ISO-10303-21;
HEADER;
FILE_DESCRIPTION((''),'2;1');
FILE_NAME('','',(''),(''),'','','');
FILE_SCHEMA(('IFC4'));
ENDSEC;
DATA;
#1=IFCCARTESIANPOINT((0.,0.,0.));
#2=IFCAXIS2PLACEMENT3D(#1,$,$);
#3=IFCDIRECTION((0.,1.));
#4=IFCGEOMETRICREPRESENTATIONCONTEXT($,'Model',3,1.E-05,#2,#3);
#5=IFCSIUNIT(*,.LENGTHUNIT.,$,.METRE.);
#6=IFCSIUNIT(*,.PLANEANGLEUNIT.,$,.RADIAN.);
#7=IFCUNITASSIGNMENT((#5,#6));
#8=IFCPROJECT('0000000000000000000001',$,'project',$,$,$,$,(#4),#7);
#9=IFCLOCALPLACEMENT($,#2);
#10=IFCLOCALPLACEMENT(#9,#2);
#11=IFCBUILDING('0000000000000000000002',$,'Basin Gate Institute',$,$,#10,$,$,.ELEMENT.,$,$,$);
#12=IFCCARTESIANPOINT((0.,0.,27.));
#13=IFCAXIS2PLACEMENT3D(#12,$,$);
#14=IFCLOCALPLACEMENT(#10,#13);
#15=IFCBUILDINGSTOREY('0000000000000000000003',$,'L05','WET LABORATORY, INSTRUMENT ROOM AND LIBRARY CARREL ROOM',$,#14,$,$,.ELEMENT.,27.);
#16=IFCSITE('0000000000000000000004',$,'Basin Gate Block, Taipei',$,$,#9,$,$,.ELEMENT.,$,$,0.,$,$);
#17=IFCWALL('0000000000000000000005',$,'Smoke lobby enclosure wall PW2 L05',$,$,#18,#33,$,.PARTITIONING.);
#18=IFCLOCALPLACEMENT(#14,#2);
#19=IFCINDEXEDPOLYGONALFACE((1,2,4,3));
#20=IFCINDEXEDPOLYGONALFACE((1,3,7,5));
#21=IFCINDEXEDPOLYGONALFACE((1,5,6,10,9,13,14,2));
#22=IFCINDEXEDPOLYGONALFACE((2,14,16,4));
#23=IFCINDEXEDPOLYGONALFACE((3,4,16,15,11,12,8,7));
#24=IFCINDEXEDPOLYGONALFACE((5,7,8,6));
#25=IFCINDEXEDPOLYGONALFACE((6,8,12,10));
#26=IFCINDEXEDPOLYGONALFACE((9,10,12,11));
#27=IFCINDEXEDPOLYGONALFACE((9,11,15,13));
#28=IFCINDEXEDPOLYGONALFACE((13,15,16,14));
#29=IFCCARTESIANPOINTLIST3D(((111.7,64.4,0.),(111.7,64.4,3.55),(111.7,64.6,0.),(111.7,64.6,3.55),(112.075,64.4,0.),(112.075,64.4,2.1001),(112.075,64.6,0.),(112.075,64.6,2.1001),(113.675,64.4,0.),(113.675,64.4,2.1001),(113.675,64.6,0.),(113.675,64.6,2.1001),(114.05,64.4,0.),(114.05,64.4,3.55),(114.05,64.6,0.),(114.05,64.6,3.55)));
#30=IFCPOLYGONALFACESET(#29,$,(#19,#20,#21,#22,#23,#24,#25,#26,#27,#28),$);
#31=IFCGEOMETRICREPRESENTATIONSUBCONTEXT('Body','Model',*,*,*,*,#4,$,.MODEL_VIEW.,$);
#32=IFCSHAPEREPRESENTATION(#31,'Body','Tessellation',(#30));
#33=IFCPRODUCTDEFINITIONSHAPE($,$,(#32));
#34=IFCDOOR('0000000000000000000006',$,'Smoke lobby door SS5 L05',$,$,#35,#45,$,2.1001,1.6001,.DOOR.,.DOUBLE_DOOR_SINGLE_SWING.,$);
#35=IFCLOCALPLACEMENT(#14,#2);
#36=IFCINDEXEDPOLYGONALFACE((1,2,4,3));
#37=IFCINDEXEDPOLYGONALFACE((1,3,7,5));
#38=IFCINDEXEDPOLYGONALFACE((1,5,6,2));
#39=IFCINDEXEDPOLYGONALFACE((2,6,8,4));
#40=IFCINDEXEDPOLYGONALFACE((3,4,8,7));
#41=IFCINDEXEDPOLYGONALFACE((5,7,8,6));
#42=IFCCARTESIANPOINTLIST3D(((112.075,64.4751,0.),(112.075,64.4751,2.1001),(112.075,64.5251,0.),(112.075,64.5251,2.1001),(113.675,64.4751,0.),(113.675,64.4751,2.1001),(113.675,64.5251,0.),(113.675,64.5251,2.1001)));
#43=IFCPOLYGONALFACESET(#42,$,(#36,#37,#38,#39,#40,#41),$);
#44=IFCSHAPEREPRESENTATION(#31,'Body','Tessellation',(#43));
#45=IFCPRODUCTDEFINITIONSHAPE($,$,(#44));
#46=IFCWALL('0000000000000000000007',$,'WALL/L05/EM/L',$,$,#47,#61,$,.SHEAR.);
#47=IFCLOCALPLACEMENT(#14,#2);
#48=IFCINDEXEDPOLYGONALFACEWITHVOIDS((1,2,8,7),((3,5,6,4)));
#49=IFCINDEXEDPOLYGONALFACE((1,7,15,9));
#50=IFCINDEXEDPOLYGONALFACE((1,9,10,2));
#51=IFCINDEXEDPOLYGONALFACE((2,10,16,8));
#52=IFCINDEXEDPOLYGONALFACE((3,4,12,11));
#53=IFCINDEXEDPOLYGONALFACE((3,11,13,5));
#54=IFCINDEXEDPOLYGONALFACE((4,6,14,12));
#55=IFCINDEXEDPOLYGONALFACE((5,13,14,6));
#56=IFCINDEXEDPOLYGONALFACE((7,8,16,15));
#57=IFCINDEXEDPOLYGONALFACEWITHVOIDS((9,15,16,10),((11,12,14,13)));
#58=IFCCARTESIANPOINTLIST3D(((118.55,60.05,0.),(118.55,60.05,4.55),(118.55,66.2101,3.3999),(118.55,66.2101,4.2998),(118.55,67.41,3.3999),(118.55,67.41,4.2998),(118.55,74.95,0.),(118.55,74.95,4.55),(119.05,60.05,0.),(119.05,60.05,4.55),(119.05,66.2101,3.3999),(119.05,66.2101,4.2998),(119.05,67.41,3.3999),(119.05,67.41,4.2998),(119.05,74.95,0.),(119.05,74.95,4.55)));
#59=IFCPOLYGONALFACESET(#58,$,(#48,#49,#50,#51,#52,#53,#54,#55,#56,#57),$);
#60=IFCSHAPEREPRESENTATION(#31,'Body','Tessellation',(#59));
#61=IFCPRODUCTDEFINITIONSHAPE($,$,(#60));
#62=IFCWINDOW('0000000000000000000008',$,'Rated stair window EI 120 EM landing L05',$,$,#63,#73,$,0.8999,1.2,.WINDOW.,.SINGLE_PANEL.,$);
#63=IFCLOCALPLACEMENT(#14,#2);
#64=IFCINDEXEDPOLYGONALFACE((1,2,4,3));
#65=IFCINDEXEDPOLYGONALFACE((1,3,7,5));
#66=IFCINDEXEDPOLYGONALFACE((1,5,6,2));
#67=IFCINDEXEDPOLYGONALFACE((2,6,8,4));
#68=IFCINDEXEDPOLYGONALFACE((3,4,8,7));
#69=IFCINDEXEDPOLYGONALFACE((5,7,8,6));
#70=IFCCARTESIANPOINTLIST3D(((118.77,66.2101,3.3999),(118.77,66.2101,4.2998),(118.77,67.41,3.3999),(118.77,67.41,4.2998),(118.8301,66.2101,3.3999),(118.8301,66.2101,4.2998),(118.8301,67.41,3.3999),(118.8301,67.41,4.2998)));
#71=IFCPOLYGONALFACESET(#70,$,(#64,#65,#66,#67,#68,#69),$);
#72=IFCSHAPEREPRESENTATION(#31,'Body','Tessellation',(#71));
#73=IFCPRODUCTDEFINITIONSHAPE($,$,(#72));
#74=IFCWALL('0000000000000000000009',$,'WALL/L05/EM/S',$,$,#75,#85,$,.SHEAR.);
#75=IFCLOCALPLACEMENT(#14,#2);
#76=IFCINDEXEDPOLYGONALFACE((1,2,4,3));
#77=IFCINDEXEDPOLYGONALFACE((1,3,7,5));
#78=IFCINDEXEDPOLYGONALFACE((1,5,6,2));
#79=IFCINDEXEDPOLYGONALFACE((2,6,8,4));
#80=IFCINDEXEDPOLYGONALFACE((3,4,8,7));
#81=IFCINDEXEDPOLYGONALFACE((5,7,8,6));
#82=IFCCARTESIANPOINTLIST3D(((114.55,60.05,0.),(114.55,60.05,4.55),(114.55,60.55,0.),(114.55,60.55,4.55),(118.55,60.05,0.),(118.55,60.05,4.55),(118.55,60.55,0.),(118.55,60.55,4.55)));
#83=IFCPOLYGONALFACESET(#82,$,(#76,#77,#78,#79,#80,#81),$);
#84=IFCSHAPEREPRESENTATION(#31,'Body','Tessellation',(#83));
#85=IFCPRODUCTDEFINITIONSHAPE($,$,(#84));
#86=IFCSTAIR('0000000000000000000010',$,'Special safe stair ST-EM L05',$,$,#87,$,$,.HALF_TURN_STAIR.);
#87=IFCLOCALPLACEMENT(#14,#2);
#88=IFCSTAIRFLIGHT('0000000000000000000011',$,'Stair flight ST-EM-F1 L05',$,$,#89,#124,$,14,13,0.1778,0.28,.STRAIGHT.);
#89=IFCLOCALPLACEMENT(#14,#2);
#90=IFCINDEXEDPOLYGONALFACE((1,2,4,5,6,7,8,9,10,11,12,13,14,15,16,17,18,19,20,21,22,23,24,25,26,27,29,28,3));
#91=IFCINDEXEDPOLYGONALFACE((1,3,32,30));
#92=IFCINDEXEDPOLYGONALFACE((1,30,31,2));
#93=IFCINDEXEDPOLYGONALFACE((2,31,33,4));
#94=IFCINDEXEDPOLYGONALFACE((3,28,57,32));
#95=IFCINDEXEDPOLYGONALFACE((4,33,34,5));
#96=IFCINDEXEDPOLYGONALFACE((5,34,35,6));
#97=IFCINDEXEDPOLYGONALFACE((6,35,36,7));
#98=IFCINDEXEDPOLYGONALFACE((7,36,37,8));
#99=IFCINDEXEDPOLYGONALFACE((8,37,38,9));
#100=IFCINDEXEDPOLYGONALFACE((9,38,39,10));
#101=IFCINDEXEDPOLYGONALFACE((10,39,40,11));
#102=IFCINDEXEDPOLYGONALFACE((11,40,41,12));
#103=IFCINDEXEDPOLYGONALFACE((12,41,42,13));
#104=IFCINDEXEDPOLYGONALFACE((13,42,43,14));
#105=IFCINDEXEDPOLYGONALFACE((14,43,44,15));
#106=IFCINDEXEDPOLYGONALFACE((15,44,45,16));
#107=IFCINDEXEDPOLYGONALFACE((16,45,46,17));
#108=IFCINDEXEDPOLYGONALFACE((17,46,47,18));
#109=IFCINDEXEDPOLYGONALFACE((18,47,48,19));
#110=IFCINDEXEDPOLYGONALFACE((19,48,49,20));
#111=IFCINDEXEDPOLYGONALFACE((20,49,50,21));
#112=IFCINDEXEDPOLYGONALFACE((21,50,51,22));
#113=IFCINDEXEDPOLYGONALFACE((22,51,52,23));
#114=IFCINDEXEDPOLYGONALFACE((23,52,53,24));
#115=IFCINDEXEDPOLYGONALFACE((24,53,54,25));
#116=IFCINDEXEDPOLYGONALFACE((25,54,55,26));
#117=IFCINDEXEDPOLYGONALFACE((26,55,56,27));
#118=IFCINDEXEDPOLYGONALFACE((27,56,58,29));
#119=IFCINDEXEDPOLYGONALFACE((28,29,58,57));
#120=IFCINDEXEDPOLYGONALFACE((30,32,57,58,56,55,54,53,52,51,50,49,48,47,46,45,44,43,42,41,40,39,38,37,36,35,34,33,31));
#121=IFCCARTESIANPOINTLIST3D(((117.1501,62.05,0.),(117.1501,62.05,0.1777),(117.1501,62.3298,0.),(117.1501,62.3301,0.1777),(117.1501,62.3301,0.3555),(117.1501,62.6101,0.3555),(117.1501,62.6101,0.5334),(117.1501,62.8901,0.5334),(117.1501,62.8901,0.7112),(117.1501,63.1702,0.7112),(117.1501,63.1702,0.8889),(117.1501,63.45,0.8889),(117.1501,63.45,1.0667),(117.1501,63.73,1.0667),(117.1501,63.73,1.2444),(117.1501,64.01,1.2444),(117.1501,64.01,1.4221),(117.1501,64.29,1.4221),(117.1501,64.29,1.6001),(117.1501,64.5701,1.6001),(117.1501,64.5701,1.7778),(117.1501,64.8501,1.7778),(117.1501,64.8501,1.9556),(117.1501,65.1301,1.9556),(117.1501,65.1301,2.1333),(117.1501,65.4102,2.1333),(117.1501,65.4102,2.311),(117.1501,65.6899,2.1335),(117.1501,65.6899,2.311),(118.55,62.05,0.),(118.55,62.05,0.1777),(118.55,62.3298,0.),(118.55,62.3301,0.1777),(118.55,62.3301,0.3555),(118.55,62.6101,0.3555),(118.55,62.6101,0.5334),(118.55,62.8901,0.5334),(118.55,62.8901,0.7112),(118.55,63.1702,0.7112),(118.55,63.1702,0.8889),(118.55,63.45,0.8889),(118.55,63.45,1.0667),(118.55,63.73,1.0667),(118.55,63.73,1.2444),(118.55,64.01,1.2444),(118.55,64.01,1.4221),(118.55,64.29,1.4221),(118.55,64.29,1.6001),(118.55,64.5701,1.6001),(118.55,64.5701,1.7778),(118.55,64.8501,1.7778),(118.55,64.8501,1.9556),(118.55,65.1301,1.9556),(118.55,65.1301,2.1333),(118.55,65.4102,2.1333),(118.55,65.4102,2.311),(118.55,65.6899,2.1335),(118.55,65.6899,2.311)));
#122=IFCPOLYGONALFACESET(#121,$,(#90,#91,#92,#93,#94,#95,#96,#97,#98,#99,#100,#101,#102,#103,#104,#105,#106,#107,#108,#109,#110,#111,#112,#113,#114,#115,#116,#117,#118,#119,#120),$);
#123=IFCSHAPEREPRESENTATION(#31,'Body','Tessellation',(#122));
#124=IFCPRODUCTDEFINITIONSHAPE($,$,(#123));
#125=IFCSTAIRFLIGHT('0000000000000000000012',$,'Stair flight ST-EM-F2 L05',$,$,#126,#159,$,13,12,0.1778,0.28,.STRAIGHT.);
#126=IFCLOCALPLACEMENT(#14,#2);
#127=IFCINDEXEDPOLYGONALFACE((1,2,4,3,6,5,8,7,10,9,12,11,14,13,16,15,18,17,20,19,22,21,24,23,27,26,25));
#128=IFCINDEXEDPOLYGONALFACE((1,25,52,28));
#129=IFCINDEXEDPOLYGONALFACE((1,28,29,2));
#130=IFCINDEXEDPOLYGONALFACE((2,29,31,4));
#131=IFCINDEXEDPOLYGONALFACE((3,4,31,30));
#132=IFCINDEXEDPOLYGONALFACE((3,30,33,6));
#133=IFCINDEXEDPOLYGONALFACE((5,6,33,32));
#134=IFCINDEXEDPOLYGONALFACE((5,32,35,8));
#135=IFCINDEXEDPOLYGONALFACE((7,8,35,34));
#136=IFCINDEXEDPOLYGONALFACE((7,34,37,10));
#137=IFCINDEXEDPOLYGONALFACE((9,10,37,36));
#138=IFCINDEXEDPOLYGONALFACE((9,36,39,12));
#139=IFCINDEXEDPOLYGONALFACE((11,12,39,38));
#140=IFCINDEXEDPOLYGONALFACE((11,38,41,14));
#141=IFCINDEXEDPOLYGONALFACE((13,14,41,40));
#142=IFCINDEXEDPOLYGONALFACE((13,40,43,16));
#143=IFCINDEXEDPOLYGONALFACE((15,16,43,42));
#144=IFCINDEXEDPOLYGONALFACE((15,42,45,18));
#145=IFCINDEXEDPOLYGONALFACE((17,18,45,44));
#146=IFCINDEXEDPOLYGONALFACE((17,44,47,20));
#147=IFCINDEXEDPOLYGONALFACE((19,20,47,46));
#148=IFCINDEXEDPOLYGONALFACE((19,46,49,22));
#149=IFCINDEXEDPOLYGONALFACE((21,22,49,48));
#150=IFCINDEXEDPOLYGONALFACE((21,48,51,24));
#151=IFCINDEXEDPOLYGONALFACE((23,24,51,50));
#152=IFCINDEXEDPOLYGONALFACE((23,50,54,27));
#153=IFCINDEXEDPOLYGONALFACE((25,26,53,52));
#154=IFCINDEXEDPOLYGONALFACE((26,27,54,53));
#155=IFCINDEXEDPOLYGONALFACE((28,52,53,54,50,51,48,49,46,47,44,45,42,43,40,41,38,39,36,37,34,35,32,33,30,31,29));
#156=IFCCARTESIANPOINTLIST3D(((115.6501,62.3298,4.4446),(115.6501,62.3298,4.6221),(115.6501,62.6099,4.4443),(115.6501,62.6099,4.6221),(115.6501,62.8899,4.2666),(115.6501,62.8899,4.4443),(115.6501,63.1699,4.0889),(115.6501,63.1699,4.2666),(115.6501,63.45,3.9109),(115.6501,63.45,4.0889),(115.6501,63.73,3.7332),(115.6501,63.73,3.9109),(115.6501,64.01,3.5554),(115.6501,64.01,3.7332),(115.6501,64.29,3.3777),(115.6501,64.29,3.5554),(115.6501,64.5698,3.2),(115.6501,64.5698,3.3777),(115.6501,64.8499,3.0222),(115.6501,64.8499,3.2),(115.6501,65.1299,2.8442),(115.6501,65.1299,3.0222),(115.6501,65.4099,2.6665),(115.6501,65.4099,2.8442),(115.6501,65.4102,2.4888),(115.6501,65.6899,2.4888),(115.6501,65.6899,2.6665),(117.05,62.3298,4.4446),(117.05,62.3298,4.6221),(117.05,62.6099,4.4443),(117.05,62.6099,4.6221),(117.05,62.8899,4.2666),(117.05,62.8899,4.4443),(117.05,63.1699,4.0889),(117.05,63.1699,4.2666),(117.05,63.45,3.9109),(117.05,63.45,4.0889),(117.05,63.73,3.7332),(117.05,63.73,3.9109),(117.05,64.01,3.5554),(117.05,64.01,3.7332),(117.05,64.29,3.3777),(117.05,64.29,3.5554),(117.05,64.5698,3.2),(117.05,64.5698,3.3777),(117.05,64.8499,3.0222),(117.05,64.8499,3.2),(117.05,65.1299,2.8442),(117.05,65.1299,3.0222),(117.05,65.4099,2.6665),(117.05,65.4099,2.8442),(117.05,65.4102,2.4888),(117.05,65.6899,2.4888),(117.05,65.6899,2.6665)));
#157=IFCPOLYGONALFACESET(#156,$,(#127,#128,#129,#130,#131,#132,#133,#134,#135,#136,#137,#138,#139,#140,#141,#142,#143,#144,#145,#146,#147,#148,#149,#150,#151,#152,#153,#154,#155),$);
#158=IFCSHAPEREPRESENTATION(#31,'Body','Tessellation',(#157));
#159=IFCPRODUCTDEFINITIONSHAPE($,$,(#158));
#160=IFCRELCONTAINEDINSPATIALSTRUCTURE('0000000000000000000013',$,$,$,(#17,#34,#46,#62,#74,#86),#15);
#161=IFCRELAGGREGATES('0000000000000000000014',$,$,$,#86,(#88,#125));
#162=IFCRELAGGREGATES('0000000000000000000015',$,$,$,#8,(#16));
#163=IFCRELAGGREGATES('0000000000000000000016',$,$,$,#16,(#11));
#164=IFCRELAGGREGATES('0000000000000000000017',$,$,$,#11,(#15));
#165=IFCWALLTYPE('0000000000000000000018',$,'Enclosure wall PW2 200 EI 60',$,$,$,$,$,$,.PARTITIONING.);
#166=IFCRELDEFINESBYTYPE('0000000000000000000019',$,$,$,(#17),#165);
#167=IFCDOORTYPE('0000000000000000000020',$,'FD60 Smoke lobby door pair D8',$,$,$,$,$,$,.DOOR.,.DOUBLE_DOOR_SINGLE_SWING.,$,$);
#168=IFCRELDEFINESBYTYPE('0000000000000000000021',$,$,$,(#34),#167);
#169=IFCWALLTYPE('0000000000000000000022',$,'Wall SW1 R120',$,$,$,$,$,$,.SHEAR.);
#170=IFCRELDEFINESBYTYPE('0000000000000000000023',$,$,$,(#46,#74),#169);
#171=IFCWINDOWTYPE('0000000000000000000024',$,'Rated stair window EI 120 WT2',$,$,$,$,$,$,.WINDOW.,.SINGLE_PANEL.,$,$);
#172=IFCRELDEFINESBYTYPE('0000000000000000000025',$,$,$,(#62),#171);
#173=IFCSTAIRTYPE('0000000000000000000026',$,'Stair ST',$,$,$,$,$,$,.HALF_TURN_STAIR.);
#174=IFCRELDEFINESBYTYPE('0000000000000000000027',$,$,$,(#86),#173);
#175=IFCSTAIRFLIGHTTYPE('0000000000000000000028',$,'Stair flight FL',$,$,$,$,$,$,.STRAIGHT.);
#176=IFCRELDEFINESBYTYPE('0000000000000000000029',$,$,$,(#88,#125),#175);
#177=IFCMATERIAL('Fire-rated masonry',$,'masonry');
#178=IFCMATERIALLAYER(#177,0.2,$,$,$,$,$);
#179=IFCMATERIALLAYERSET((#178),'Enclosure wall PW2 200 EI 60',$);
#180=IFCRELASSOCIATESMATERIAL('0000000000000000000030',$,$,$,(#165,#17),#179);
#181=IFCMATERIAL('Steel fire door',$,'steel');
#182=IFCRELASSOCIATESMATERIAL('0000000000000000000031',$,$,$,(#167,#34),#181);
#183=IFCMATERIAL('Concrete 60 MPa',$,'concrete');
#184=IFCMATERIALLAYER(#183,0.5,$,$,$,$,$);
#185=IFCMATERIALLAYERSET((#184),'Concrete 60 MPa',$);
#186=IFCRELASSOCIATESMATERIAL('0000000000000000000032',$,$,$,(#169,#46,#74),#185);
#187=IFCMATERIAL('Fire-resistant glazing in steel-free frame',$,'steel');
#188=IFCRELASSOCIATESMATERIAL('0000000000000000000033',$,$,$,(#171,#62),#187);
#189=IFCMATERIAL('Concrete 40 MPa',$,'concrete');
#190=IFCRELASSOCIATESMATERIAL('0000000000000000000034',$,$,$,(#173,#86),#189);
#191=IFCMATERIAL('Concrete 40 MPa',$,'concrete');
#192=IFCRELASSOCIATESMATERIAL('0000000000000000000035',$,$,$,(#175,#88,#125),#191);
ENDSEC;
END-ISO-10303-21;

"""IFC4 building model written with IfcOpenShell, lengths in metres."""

from ifc_helpers import new_model, si_unit, direction, frame, frame_2d, origin, place, context, subcontext, project, spatial, polyline, rectangle, outline, extrude, material, layer, layer_set, type_object, element, fill, aggregate, save


model = new_model("IFC4")

# Units and contexts
model_context = context("Model", 3, precision=1e-05, world=origin(), true_north=direction((0.0, 1.0)))
body_context = subcontext(model_context, "Body", "Model", "MODEL_VIEW")
ifc_project = project(units=[si_unit("LENGTHUNIT", "METRE"), si_unit("PLANEANGLEUNIT", "RADIAN")], contexts=[model_context])

# Site, building, storey
site_placement = place(None, origin())
site = spatial("IfcSite", under=ifc_project, at=site_placement, Name="Basin Gate Block, Taipei", CompositionType="ELEMENT", RefElevation=0.0)
building_placement = place(site_placement, origin())
building = spatial("IfcBuilding", under=site, at=building_placement, Name="Basin Gate Institute", CompositionType="ELEMENT")
storey_placement = place(building_placement, frame((0.0, 0.0, 27.0)))
storey = spatial("IfcBuildingStorey", under=building, at=storey_placement, Name="L05", Description="WET LABORATORY, INSTRUMENT ROOM AND LIBRARY CARREL ROOM", CompositionType="ELEMENT", Elevation=27.0)

# Wall, opening, door
ifc_material_1 = material(Name="Fire-rated masonry", Category="masonry")
ifc_layer_1 = layer(ifc_material_1, 0.2)
ifc_layer_set_1 = layer_set([ifc_layer_1], Name="Enclosure wall PW2 200 EI 60")
wall_type_1 = type_object("IfcWallType", Name="Enclosure wall PW2 200 EI 60", PredefinedType="PARTITIONING", material=ifc_layer_set_1)
ifc_material_2 = material(Name="Steel fire door", Category="steel")
door_type = type_object("IfcDoorType", Name="FD60 Smoke lobby door pair D8", OperationType="DOUBLE_DOOR_SINGLE_SWING", PredefinedType="DOOR", material=ifc_material_2)
wall_1_placement = place(storey_placement, frame((114.05, 64.5, 0.0), z_axis=(0.0, 0.0, 1.0), x_axis=(-1.0, 0.0, 0.0)))
wall_1 = element("IfcWall", 1, at=wall_1_placement, inside=storey, type_object=wall_type_1, material=ifc_layer_set_1, Name="Smoke lobby enclosure wall PW2 L05", PredefinedType="PARTITIONING", context=body_context, shape_type="SweptSolid", body=[
    extrude(rectangle(XDim=2.3501, YDim=0.2, at=frame_2d((1.175, 0.0))), origin(), (0.0, 0.0, 1.0), 3.55),
])
opening_1_placement = place(wall_1_placement, frame((0.375, 0.0, 0.0)))
opening_1 = element("IfcOpeningElement", 2, at=opening_1_placement, cuts=wall_1, PredefinedType="OPENING", context=body_context, shape_type="SweptSolid", body=[
    extrude(rectangle(XDim=1.6001, YDim=2.1001, at=frame_2d((0.8, 1.05))), frame((0.0, 0.1099, 0.0), z_axis=(0.0, -1.0, 0.0), x_axis=(1.0, 0.0, 0.0)), (0.0, 0.0, 1.0), 0.22),
])
door_1_placement = place(opening_1_placement, origin())
door_1 = element("IfcDoor", 3, at=door_1_placement, inside=storey, type_object=door_type, material=ifc_material_2, Name="Smoke lobby door SS5 L05", OperationType="DOUBLE_DOOR_SINGLE_SWING", OverallHeight=2.1001, OverallWidth=1.6001, PredefinedType="DOOR", context=body_context, shape_type="SweptSolid", body=[
    extrude(rectangle(XDim=1.6001, YDim=2.1001, at=frame_2d((0.8, 1.05))), frame((0.0, 0.0249, 0.0), z_axis=(0.0, -1.0, 0.0), x_axis=(1.0, 0.0, 0.0)), (0.0, 0.0, 1.0), 0.05),
])
fill(opening_1, door_1)

# Wall, opening, window
ifc_material_3 = material(Name="Concrete 60 MPa", Category="concrete")
ifc_layer_2 = layer(ifc_material_3, 0.5)
ifc_layer_set_2 = layer_set([ifc_layer_2], Name="Concrete 60 MPa")
wall_type_2 = type_object("IfcWallType", Name="Wall SW1 R120", PredefinedType="SHEAR", material=ifc_layer_set_2)
wall_2_placement = place(storey_placement, frame((118.8, 60.05, 0.0), z_axis=(0.0, 0.0, 1.0), x_axis=(0.0, 1.0, 0.0)))
wall_2 = element("IfcWall", 4, at=wall_2_placement, inside=storey, type_object=wall_type_2, material=ifc_layer_set_2, Name="WALL/L05/EM/L", PredefinedType="SHEAR", context=body_context, shape_type="SweptSolid", body=[
    extrude(rectangle(XDim=14.8999, YDim=0.5, at=frame_2d((7.45, 0.0))), origin(), (0.0, 0.0, 1.0), 4.55),
])
opening_2_placement = place(wall_2_placement, frame((6.1599, 0.0, 3.3999)))
opening_2 = element("IfcOpeningElement", 5, at=opening_2_placement, cuts=wall_2, PredefinedType="OPENING", context=body_context, shape_type="SweptSolid", body=[
    extrude(rectangle(XDim=1.2, YDim=0.8999, at=frame_2d((0.6001, 0.45))), frame((0.0, 0.26, 0.0), z_axis=(0.0, -1.0, 0.0), x_axis=(1.0, 0.0, 0.0)), (0.0, 0.0, 1.0), 0.52),
])
ifc_material_4 = material(Name="Fire-resistant glazing in steel-free frame", Category="steel")
window_type = type_object("IfcWindowType", Name="Rated stair window EI 120 WT2", PartitioningType="SINGLE_PANEL", PredefinedType="WINDOW", material=ifc_material_4)
window_placement = place(opening_2_placement, origin())
window = element("IfcWindow", 6, at=window_placement, inside=storey, type_object=window_type, material=ifc_material_4, Name="Rated stair window EI 120 EM landing L05", OverallHeight=0.8999, OverallWidth=1.2, PartitioningType="SINGLE_PANEL", PredefinedType="WINDOW", context=body_context, shape_type="SweptSolid", body=[
    extrude(rectangle(XDim=1.2, YDim=0.8999, at=frame_2d((0.6001, 0.45))), frame((0.0, 0.03, 0.0), z_axis=(0.0, -1.0, 0.0), x_axis=(1.0, 0.0, 0.0)), (0.0, 0.0, 1.0), 0.0601),
])
fill(opening_2, window)

# Wall
wall_3_placement = place(storey_placement, frame((118.55, 60.3, 0.0), z_axis=(0.0, 0.0, 1.0), x_axis=(-1.0, 0.0, 0.0)))
element("IfcWall", 7, at=wall_3_placement, inside=storey, type_object=wall_type_2, material=ifc_layer_set_2, Name="WALL/L05/EM/S", PredefinedType="SHEAR", context=body_context, shape_type="SweptSolid", body=[
    extrude(rectangle(XDim=4.0, YDim=0.5, at=frame_2d((2.0, 0.0))), origin(), (0.0, 0.0, 1.0), 4.55),
])

# Stair, stair flights
ifc_material_5 = material(Name="Concrete 40 MPa", Category="concrete")
stair_type = type_object("IfcStairType", Name="Stair ST", PredefinedType="HALF_TURN_STAIR", material=ifc_material_5)
stair_placement = place(storey_placement, origin())
stair = element("IfcStair", 8, at=stair_placement, inside=storey, type_object=stair_type, material=ifc_material_5, Name="Special safe stair ST-EM L05", PredefinedType="HALF_TURN_STAIR")
ifc_material_6 = material(Name="Concrete 40 MPa", Category="concrete")
stair_flight_type = type_object("IfcStairFlightType", Name="Stair flight FL", PredefinedType="STRAIGHT", material=ifc_material_6)
stair_flight_1_placement = place(storey_placement, frame((117.8501, 62.05, 0.0), z_axis=(0.0, 0.0, 1.0), x_axis=(0.0, 1.0, 0.0)))
stair_flight_1 = element("IfcStairFlight", 9, at=stair_flight_1_placement, type_object=stair_flight_type, material=ifc_material_6, Name="Stair flight ST-EM-F1 L05", NumberOfRisers=14, NumberOfTreads=13, PredefinedType="STRAIGHT", RiserHeight=0.1778, TreadLength=0.28, context=body_context, shape_type="SweptSolid", body=[
    extrude(outline(polyline([(0.0, 0.0), (0.0, 0.1777), (0.28, 0.1777), (0.28, 0.3555), (0.5601, 0.3555), (0.5601, 0.5334), (0.8401, 0.5334), (0.8401, 0.7112), (1.1201, 0.7112), (1.1201, 0.8889), (1.3999, 0.8889), (1.3999, 1.0667), (1.6799, 1.0667), (1.6799, 1.2444), (1.96, 1.2444), (1.96, 1.4221), (2.24, 1.4221), (2.24, 1.6001), (2.52, 1.6001), (2.52, 1.7778), (2.8, 1.7778), (2.8, 1.9556), (3.0801, 1.9556), (3.0801, 2.1333), (3.3601, 2.1333), (3.3601, 2.311), (3.6399, 2.311), (3.6399, 2.4888), (3.6399, 2.1335), (0.2798, 0.0), (0.0, 0.0)])), frame((0.0, 0.7, 0.0), z_axis=(0.0, -1.0, 0.0), x_axis=(1.0, 0.0, 0.0)), (0.0, 0.0, 1.0), 1.3999),
])
stair_flight_2_placement = place(storey_placement, frame((116.3501, 65.6899, 2.4888), z_axis=(0.0, 0.0, 1.0), x_axis=(0.0, -1.0, 0.0)))
stair_flight_2 = element("IfcStairFlight", 10, at=stair_flight_2_placement, type_object=stair_flight_type, material=ifc_material_6, Name="Stair flight ST-EM-F2 L05", NumberOfRisers=13, NumberOfTreads=12, PredefinedType="STRAIGHT", RiserHeight=0.1778, TreadLength=0.28, context=body_context, shape_type="SweptSolid", body=[
    extrude(outline(polyline([(0.0, 0.0), (0.0, 0.1777), (0.28, 0.1777), (0.28, 0.3555), (0.5601, 0.3555), (0.5601, 0.5334), (0.8401, 0.5334), (0.8401, 0.7112), (1.1201, 0.7112), (1.1201, 0.8889), (1.3999, 0.8889), (1.3999, 1.0667), (1.6799, 1.0667), (1.6799, 1.2444), (1.96, 1.2444), (1.96, 1.4221), (2.24, 1.4221), (2.24, 1.6001), (2.52, 1.6001), (2.52, 1.7778), (2.8, 1.7778), (2.8, 1.9556), (3.0801, 1.9556), (3.0801, 2.1333), (3.3601, 2.1333), (3.3601, 2.311), (3.3601, 1.9558), (0.2798, 0.0), (0.0, 0.0)])), frame((0.0, 0.7, 0.0), z_axis=(0.0, -1.0, 0.0), x_axis=(1.0, 0.0, 0.0)), (0.0, 0.0, 1.0), 1.3999),
])
aggregate(stair, [stair_flight_1, stair_flight_2])

save(model, "model.ifc")
